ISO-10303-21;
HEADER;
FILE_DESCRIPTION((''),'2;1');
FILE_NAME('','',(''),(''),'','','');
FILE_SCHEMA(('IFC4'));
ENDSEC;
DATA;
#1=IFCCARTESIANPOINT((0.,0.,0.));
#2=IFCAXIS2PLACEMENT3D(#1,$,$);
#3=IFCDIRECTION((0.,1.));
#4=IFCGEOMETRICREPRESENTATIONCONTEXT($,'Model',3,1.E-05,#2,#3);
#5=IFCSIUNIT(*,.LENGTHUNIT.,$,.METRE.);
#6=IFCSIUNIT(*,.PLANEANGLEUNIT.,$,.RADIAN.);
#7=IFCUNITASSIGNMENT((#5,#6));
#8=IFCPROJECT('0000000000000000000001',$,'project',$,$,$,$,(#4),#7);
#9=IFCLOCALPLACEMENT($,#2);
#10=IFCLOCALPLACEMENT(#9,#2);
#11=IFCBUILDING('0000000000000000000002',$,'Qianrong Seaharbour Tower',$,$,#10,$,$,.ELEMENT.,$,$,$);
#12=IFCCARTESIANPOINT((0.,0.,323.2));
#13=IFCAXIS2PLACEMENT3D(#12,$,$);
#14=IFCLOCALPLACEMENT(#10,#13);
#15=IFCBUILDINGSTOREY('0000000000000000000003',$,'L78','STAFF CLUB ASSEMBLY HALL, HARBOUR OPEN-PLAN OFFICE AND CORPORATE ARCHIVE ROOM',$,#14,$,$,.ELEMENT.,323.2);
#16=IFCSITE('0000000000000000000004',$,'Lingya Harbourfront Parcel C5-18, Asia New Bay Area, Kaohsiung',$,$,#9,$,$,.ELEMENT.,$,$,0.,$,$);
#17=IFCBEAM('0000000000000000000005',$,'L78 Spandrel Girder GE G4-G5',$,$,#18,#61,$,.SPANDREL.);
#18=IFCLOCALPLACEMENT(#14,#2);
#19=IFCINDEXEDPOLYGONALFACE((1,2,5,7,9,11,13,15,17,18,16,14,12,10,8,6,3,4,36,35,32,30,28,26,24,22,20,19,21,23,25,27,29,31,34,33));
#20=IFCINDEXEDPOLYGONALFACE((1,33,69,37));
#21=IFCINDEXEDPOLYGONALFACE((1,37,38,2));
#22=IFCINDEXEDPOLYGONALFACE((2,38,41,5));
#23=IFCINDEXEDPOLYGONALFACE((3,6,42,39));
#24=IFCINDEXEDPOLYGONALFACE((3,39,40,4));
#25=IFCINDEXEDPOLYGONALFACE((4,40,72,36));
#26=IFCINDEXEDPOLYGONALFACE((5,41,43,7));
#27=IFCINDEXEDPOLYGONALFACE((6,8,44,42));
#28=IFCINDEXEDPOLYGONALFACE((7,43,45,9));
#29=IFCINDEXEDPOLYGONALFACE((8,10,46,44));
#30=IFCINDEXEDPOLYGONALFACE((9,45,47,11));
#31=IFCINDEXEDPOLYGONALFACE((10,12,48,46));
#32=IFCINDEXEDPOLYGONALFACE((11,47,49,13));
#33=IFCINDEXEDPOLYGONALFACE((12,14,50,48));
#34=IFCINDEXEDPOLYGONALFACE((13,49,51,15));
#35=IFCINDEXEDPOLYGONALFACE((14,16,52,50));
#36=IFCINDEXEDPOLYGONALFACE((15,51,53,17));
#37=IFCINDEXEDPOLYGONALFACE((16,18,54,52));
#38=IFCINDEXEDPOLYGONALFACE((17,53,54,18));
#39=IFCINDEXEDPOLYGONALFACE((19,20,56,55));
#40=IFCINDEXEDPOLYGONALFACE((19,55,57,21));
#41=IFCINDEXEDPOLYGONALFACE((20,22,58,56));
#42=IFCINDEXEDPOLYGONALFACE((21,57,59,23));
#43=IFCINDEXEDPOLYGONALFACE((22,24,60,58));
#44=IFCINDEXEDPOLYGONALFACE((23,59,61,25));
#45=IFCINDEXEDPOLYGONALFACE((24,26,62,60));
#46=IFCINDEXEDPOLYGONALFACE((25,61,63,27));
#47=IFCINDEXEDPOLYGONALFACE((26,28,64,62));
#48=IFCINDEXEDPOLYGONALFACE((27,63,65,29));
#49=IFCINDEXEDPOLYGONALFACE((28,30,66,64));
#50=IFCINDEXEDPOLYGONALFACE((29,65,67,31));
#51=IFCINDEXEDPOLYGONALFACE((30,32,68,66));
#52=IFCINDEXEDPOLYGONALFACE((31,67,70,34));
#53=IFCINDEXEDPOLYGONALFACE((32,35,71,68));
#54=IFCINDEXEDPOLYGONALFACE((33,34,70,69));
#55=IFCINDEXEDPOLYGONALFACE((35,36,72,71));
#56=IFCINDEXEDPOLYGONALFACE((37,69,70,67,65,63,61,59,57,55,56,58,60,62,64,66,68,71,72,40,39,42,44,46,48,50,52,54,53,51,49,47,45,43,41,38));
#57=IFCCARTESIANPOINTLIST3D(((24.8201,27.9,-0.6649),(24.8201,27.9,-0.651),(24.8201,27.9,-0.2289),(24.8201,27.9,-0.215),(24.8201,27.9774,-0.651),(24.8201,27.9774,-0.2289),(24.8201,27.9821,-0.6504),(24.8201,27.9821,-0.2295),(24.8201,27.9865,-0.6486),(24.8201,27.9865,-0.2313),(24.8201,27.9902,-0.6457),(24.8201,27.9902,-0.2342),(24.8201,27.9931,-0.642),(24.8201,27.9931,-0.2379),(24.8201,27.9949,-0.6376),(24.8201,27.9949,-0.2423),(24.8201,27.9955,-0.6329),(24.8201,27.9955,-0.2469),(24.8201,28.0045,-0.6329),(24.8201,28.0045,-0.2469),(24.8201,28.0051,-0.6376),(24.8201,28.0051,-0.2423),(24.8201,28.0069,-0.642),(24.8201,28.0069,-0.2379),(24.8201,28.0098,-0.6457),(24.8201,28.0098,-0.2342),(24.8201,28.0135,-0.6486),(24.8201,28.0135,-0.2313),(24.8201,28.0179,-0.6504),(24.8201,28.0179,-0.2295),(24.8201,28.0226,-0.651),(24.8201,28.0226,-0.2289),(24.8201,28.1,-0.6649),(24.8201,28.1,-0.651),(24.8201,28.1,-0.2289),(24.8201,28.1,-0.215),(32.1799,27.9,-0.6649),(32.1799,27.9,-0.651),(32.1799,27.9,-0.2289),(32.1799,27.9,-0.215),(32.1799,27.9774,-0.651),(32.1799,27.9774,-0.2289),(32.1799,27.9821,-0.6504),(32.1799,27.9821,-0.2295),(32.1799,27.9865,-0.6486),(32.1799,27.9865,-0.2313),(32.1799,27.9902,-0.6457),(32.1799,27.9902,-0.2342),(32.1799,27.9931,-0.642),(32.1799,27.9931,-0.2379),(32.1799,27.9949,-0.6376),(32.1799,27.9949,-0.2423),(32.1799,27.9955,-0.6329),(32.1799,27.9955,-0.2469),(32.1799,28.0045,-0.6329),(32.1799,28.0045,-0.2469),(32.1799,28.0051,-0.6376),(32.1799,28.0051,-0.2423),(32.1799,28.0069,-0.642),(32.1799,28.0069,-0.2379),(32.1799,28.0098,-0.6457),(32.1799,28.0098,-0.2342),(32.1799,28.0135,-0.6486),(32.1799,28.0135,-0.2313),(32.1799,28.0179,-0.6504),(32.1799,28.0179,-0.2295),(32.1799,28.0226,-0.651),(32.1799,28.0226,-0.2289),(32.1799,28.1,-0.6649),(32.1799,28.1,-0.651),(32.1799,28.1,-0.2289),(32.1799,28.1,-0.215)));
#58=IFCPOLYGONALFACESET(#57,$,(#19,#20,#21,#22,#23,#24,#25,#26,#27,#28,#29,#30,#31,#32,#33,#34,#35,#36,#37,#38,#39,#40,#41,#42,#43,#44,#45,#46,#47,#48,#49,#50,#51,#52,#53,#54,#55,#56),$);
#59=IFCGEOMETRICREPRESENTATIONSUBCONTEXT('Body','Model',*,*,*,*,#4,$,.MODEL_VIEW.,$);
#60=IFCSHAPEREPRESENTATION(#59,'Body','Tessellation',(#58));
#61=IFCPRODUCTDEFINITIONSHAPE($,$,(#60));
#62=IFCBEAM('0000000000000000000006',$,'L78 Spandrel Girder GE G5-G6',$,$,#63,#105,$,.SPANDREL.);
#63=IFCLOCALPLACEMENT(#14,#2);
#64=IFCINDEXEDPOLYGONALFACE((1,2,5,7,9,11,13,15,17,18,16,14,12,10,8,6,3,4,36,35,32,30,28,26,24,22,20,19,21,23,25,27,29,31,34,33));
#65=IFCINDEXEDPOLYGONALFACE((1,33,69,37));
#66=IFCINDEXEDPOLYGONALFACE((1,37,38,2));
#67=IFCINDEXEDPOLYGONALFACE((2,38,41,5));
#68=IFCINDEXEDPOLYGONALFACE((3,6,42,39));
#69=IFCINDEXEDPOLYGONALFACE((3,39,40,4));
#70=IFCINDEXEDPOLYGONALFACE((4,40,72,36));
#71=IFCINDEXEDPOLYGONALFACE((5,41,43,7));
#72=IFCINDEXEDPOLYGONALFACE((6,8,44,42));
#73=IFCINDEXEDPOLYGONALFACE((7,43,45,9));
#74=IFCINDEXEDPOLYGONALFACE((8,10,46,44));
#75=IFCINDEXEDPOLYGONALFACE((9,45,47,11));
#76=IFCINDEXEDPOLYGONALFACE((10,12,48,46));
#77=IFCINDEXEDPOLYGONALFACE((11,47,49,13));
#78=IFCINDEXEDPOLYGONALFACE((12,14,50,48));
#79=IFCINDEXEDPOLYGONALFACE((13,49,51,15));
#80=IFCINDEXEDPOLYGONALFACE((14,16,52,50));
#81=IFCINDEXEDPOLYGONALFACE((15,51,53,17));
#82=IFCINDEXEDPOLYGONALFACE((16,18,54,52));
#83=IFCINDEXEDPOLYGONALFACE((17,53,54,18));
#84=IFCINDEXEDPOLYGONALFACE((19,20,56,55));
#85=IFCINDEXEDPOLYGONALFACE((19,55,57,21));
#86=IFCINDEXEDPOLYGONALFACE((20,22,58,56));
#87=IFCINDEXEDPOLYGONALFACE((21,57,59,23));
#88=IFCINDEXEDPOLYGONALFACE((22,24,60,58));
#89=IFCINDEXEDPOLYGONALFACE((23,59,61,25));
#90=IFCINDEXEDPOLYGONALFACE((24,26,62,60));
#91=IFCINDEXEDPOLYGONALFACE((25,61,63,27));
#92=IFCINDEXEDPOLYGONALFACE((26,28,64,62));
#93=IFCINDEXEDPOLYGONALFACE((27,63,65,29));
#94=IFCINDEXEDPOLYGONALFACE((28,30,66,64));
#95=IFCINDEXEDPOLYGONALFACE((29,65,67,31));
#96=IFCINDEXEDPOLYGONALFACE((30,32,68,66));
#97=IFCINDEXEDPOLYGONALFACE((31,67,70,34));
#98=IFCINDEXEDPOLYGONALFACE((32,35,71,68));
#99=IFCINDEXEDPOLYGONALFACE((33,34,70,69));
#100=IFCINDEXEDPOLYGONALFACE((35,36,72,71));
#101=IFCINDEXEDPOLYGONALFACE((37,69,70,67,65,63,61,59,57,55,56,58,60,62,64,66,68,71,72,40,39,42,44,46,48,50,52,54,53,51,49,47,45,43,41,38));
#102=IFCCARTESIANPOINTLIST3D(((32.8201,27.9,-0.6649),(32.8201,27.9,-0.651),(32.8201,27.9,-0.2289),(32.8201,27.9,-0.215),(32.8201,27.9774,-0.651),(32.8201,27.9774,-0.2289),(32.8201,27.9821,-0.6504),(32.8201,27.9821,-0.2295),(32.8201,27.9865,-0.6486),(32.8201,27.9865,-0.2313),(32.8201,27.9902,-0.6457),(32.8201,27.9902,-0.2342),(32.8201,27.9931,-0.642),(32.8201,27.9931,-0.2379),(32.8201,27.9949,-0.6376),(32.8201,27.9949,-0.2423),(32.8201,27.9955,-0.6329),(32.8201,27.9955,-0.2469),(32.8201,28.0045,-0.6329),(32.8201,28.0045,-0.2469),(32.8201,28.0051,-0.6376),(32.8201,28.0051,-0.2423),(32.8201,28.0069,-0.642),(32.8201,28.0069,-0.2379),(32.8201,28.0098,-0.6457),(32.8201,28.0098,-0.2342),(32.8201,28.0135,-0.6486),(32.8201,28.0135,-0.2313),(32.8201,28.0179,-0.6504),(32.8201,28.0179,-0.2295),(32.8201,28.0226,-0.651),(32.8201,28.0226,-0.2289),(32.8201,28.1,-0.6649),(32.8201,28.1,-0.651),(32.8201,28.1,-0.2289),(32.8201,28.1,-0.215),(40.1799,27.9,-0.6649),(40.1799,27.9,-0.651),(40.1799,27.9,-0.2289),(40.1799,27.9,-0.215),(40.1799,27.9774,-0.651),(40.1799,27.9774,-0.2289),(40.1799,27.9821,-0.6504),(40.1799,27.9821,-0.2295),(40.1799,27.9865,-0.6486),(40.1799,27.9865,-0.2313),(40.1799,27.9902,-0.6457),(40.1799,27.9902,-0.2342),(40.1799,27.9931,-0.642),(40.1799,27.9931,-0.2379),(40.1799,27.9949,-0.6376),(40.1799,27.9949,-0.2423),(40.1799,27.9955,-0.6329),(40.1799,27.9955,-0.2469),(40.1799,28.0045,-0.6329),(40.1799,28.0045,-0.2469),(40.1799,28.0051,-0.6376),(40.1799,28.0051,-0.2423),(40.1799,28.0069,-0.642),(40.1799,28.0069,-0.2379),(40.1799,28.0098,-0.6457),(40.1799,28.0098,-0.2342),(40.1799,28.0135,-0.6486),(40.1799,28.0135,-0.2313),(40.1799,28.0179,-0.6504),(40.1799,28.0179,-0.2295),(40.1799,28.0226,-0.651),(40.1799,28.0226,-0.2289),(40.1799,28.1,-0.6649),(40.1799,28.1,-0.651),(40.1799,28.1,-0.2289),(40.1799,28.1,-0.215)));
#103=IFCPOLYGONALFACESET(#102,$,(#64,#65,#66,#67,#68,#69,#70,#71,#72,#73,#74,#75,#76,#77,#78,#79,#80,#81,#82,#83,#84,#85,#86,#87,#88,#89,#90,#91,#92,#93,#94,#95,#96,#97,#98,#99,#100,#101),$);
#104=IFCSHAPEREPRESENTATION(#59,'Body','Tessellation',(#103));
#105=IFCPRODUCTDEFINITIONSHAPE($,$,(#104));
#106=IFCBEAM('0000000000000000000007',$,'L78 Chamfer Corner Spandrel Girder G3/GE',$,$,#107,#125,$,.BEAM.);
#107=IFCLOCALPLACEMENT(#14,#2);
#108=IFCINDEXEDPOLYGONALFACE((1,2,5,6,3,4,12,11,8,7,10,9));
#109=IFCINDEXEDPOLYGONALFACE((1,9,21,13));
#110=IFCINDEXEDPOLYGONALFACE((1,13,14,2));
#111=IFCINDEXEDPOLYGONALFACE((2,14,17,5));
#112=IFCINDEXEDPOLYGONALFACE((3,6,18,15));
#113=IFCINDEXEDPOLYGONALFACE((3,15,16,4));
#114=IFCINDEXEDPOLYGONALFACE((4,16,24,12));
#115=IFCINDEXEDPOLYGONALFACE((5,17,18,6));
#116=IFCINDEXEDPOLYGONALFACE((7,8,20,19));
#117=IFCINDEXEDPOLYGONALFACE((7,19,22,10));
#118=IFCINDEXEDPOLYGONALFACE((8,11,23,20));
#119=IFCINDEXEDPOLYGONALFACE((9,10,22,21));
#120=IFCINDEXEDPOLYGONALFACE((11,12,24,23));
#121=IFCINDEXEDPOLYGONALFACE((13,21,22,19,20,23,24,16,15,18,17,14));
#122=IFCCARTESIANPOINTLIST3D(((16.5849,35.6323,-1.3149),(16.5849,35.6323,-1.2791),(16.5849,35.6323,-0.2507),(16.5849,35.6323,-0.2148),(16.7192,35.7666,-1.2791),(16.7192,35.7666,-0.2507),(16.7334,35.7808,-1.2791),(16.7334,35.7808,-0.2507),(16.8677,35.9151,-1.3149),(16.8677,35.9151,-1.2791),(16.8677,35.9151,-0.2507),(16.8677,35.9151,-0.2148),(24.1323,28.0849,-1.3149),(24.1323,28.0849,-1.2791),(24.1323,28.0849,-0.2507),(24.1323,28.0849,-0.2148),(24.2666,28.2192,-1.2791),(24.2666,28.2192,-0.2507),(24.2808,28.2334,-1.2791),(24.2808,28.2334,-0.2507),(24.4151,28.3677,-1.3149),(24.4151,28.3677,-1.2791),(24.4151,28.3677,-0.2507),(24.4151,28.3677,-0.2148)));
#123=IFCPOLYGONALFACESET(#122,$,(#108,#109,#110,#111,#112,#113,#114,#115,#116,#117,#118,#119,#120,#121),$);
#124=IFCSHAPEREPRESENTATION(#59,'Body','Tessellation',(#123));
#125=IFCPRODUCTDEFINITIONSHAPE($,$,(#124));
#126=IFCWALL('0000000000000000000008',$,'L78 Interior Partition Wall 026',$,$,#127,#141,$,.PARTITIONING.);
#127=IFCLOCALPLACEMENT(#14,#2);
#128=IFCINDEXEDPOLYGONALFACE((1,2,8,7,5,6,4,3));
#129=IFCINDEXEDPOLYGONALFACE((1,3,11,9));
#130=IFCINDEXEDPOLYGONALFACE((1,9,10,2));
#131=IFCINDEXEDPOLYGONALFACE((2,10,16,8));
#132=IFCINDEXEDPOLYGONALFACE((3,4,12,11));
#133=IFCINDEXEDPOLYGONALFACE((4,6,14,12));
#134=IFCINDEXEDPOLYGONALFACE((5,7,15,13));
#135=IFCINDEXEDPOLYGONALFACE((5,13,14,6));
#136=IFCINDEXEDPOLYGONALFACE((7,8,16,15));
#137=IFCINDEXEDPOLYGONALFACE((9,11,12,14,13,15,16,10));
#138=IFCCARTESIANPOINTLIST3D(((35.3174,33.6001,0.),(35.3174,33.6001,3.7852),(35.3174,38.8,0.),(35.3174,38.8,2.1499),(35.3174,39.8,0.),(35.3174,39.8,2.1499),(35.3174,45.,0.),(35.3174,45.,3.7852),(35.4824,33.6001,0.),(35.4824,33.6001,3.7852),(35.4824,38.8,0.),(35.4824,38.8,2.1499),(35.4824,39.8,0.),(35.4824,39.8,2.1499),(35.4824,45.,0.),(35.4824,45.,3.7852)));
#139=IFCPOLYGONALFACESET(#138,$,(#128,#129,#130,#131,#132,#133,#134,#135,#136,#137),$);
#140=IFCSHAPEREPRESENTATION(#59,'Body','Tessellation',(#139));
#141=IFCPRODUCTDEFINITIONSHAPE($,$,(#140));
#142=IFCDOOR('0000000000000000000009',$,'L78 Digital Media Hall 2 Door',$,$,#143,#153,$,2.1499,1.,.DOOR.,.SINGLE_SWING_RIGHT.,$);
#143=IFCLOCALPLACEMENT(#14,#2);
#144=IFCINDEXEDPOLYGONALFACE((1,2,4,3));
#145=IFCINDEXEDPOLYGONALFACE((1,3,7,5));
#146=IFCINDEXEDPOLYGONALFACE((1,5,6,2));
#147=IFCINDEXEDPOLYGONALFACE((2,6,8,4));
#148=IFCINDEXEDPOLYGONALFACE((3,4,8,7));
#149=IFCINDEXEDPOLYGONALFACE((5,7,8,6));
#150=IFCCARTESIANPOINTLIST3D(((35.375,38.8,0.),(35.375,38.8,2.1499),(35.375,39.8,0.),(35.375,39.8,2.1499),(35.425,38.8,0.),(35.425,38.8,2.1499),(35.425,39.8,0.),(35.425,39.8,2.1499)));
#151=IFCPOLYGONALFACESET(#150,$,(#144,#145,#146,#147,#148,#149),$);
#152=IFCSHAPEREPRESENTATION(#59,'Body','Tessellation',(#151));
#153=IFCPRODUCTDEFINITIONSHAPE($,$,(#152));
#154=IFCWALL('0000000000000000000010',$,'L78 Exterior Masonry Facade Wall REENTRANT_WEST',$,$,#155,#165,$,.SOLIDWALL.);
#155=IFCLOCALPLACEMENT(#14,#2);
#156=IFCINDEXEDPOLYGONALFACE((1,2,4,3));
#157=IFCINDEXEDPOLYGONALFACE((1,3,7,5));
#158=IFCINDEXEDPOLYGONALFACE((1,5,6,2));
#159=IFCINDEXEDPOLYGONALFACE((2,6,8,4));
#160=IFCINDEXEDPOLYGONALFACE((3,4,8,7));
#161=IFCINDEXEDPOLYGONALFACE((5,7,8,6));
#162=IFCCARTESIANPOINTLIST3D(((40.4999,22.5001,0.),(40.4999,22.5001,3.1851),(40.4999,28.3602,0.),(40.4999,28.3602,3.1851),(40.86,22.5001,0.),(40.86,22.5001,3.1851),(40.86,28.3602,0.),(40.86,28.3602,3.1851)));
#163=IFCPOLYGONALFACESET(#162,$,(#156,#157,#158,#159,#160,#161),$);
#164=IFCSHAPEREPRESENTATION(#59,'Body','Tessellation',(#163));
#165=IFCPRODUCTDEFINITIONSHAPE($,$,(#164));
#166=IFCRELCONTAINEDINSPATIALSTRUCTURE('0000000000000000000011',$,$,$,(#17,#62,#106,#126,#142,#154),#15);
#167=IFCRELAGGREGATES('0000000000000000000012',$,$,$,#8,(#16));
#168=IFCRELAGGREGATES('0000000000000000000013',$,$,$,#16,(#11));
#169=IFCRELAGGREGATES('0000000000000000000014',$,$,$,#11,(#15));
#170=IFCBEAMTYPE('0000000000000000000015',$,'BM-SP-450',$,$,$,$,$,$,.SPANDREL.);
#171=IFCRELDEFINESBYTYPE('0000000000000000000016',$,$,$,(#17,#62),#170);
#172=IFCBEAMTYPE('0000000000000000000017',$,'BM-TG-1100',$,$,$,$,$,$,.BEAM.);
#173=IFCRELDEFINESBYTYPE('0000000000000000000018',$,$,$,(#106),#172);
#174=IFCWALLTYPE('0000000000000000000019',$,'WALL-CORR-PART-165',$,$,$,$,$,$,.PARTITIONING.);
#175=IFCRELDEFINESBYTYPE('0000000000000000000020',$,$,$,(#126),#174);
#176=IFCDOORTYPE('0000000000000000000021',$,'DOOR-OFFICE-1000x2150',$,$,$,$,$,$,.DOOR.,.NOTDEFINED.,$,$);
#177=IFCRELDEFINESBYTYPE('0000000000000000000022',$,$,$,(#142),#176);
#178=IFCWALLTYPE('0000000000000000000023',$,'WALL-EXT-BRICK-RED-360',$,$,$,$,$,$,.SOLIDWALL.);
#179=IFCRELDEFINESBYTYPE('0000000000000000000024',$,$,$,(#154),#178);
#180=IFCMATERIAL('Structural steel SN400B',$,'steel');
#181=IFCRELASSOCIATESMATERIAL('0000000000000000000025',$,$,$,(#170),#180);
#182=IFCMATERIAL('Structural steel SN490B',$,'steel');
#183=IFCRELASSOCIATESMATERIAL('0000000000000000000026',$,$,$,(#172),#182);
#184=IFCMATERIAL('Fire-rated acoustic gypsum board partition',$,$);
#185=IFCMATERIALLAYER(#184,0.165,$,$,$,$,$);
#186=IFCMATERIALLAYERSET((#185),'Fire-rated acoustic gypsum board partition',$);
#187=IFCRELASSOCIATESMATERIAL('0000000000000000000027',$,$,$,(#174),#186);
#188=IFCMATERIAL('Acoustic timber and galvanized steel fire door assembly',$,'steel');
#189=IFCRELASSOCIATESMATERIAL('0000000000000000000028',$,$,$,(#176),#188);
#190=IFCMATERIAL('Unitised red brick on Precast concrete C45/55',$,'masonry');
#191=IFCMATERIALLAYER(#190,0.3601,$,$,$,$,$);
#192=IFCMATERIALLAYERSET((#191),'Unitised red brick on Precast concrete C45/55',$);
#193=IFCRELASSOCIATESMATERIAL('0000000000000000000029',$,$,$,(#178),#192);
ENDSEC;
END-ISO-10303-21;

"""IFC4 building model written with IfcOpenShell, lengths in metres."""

from ifc_helpers import new_model, si_unit, direction, frame, frame_2d, origin, origin_2d, place, context, subcontext, project, spatial, rectangle, i_section, extrude, material, layer, layer_set, material_profile, profile_set, type_object, element, fill, save


model = new_model("IFC4")

# Units and contexts
model_context = context("Model", 3, precision=1e-05, world=origin(), true_north=direction((0.0, 1.0)))
body_context = subcontext(model_context, "Body", "Model", "MODEL_VIEW")
ifc_project = project(units=[si_unit("LENGTHUNIT", "METRE"), si_unit("PLANEANGLEUNIT", "RADIAN")], contexts=[model_context])

# Site, building, storey
site_placement = place(None, origin())
site = spatial("IfcSite", under=ifc_project, at=site_placement, Name="Lingya Harbourfront Parcel C5-18, Asia New Bay Area, Kaohsiung", CompositionType="ELEMENT", RefElevation=0.0)
building_placement = place(site_placement, origin())
building = spatial("IfcBuilding", under=site, at=building_placement, Name="Qianrong Seaharbour Tower", CompositionType="ELEMENT")
storey_placement = place(building_placement, frame((0.0, 0.0, 323.2)))
storey = spatial("IfcBuildingStorey", under=building, at=storey_placement, Name="L78", Description="STAFF CLUB ASSEMBLY HALL, HARBOUR OPEN-PLAN OFFICE AND CORPORATE ARCHIVE ROOM", CompositionType="ELEMENT", Elevation=323.2)

# Shared definitions
ifc_material_1 = material(Name="Structural steel SN490B", Category="steel")
ifc_material_2 = material(Name="Structural steel SN400B", Category="steel")

# Beams
ifc_material_profile_1 = material_profile(ifc_material_2, i_section(OverallWidth=0.2, OverallDepth=0.45, WebThickness=0.009, FlangeThickness=0.0139, FilletRadius=0.0181, at=origin_2d()), Name="H450x200x9x14")
ifc_profile_set_1 = profile_set([ifc_material_profile_1], Name="Structural steel SN400B")
beam_type_1 = type_object("IfcBeamType", Name="BM-SP-450", PredefinedType="SPANDREL", material=ifc_profile_set_1)
for number, where, z_axis, x_axis, name in (
    (1, (24.8201, 28.0, -0.4399), (1.0, 0.0, 0.0), (0.0, 1.0, 0.0), "L78 Spandrel Girder GE G4-G5"),
    (2, (32.8201, 28.0, -0.4399), (1.0, 0.0, 0.0), (0.0, 1.0, 0.0), "L78 Spandrel Girder GE G5-G6"),
):
    element("IfcBeam", number, at=place(storey_placement, frame(where, z_axis=z_axis, x_axis=x_axis)), inside=storey, type_object=beam_type_1, Name=name, PredefinedType="SPANDREL", context=body_context, shape_type="SweptSolid", body=[
        extrude(i_section(OverallWidth=0.2, OverallDepth=0.45, WebThickness=0.009, FlangeThickness=0.0139, FilletRadius=0.0181, at=origin_2d()), origin(), (0.0, 0.0, 1.0), 7.3599),
    ])
ifc_material_profile_2 = material_profile(ifc_material_1, i_section(OverallWidth=0.3999, OverallDepth=1.1001, WebThickness=0.02, FlangeThickness=0.0359, at=origin_2d()), Name="BH1100x400x20x36")
ifc_profile_set_2 = profile_set([ifc_material_profile_2], Name="Structural steel SN490B")
beam_type_2 = type_object("IfcBeamType", Name="BM-TG-1100", PredefinedType="BEAM", material=ifc_profile_set_2)
beam_1_placement = place(storey_placement, frame((24.2737, 28.2263, -0.7649), z_axis=(-0.707107, 0.707107, 0.0), x_axis=(-0.707107, -0.707107, 0.0)))
element("IfcBeam", 3, at=beam_1_placement, inside=storey, type_object=beam_type_2, Name="L78 Chamfer Corner Spandrel Girder G3/GE", PredefinedType="BEAM", context=body_context, shape_type="SweptSolid", body=[
    extrude(i_section(OverallWidth=0.3999, OverallDepth=1.1001, WebThickness=0.02, FlangeThickness=0.0359, at=origin_2d()), origin(), (0.0, 0.0, 1.0), 10.6736),
])

# Wall, opening, door
ifc_material_3 = material(Name="Fire-rated acoustic gypsum board partition")
ifc_layer_1 = layer(ifc_material_3, 0.165)
ifc_layer_set_1 = layer_set([ifc_layer_1], Name="Fire-rated acoustic gypsum board partition")
wall_type_1 = type_object("IfcWallType", Name="WALL-CORR-PART-165", PredefinedType="PARTITIONING", material=ifc_layer_set_1)
wall_1_placement = place(storey_placement, frame((35.3999, 33.6001, 0.0), z_axis=(0.0, 0.0, 1.0), x_axis=(0.0, 1.0, 0.0)))
wall_1 = element("IfcWall", 4, at=wall_1_placement, inside=storey, type_object=wall_type_1, Name="L78 Interior Partition Wall 026", PredefinedType="PARTITIONING", context=body_context, shape_type="SweptSolid", body=[
    extrude(rectangle(XDim=11.3999, YDim=0.165, at=frame_2d((5.7, 0.0))), origin(), (0.0, 0.0, 1.0), 3.7852),
])
opening_1_placement = place(wall_1_placement, frame((5.2, 0.0, 0.0)))
opening_1 = element("IfcOpeningElement", 5, at=opening_1_placement, cuts=wall_1, PredefinedType="OPENING", context=body_context, shape_type="SweptSolid", body=[
    extrude(rectangle(XDim=1.0, YDim=2.1499, at=frame_2d((0.5, 1.075))), frame((0.0, 0.0925, 0.0), z_axis=(0.0, -1.0, 0.0), x_axis=(1.0, 0.0, 0.0)), (0.0, 0.0, 1.0), 0.1851),
])
ifc_material_4 = material(Name="Acoustic timber and galvanized steel fire door assembly", Category="steel")
door_type_1 = type_object("IfcDoorType", Name="DOOR-OFFICE-1000x2150", OperationType="NOTDEFINED", PredefinedType="DOOR", material=ifc_material_4)
door_1_placement = place(opening_1_placement, origin())
door_1 = element("IfcDoor", 6, at=door_1_placement, inside=storey, type_object=door_type_1, Name="L78 Digital Media Hall 2 Door", OperationType="SINGLE_SWING_RIGHT", OverallHeight=2.1499, OverallWidth=1.0, PredefinedType="DOOR", context=body_context, shape_type="SweptSolid", body=[
    extrude(rectangle(XDim=1.0, YDim=2.1499, at=frame_2d((0.5, 1.075))), frame((0.0, 0.0249, 0.0), z_axis=(0.0, -1.0, 0.0), x_axis=(1.0, 0.0, 0.0)), (0.0, 0.0, 1.0), 0.05),
])
fill(opening_1, door_1)

# Wall
ifc_material_5 = material(Name="Unitised red brick on Precast concrete C45/55", Category="masonry")
ifc_layer_2 = layer(ifc_material_5, 0.3601)
ifc_layer_set_2 = layer_set([ifc_layer_2], Name="Unitised red brick on Precast concrete C45/55")
wall_type_2 = type_object("IfcWallType", Name="WALL-EXT-BRICK-RED-360", PredefinedType="SOLIDWALL", material=ifc_layer_set_2)
wall_2_placement = place(storey_placement, frame((40.6799, 22.5, 0.0), z_axis=(0.0, 0.0, 1.0), x_axis=(0.0, 1.0, 0.0)))
element("IfcWall", 7, at=wall_2_placement, inside=storey, type_object=wall_type_2, Name="L78 Exterior Masonry Facade Wall REENTRANT_WEST", PredefinedType="SOLIDWALL", context=body_context, shape_type="SweptSolid", body=[
    extrude(rectangle(XDim=5.8601, YDim=0.3601, at=frame_2d((2.9302, 0.0))), origin(), (0.0, 0.0, 1.0), 3.1851),
])

save(model, "model.ifc")
